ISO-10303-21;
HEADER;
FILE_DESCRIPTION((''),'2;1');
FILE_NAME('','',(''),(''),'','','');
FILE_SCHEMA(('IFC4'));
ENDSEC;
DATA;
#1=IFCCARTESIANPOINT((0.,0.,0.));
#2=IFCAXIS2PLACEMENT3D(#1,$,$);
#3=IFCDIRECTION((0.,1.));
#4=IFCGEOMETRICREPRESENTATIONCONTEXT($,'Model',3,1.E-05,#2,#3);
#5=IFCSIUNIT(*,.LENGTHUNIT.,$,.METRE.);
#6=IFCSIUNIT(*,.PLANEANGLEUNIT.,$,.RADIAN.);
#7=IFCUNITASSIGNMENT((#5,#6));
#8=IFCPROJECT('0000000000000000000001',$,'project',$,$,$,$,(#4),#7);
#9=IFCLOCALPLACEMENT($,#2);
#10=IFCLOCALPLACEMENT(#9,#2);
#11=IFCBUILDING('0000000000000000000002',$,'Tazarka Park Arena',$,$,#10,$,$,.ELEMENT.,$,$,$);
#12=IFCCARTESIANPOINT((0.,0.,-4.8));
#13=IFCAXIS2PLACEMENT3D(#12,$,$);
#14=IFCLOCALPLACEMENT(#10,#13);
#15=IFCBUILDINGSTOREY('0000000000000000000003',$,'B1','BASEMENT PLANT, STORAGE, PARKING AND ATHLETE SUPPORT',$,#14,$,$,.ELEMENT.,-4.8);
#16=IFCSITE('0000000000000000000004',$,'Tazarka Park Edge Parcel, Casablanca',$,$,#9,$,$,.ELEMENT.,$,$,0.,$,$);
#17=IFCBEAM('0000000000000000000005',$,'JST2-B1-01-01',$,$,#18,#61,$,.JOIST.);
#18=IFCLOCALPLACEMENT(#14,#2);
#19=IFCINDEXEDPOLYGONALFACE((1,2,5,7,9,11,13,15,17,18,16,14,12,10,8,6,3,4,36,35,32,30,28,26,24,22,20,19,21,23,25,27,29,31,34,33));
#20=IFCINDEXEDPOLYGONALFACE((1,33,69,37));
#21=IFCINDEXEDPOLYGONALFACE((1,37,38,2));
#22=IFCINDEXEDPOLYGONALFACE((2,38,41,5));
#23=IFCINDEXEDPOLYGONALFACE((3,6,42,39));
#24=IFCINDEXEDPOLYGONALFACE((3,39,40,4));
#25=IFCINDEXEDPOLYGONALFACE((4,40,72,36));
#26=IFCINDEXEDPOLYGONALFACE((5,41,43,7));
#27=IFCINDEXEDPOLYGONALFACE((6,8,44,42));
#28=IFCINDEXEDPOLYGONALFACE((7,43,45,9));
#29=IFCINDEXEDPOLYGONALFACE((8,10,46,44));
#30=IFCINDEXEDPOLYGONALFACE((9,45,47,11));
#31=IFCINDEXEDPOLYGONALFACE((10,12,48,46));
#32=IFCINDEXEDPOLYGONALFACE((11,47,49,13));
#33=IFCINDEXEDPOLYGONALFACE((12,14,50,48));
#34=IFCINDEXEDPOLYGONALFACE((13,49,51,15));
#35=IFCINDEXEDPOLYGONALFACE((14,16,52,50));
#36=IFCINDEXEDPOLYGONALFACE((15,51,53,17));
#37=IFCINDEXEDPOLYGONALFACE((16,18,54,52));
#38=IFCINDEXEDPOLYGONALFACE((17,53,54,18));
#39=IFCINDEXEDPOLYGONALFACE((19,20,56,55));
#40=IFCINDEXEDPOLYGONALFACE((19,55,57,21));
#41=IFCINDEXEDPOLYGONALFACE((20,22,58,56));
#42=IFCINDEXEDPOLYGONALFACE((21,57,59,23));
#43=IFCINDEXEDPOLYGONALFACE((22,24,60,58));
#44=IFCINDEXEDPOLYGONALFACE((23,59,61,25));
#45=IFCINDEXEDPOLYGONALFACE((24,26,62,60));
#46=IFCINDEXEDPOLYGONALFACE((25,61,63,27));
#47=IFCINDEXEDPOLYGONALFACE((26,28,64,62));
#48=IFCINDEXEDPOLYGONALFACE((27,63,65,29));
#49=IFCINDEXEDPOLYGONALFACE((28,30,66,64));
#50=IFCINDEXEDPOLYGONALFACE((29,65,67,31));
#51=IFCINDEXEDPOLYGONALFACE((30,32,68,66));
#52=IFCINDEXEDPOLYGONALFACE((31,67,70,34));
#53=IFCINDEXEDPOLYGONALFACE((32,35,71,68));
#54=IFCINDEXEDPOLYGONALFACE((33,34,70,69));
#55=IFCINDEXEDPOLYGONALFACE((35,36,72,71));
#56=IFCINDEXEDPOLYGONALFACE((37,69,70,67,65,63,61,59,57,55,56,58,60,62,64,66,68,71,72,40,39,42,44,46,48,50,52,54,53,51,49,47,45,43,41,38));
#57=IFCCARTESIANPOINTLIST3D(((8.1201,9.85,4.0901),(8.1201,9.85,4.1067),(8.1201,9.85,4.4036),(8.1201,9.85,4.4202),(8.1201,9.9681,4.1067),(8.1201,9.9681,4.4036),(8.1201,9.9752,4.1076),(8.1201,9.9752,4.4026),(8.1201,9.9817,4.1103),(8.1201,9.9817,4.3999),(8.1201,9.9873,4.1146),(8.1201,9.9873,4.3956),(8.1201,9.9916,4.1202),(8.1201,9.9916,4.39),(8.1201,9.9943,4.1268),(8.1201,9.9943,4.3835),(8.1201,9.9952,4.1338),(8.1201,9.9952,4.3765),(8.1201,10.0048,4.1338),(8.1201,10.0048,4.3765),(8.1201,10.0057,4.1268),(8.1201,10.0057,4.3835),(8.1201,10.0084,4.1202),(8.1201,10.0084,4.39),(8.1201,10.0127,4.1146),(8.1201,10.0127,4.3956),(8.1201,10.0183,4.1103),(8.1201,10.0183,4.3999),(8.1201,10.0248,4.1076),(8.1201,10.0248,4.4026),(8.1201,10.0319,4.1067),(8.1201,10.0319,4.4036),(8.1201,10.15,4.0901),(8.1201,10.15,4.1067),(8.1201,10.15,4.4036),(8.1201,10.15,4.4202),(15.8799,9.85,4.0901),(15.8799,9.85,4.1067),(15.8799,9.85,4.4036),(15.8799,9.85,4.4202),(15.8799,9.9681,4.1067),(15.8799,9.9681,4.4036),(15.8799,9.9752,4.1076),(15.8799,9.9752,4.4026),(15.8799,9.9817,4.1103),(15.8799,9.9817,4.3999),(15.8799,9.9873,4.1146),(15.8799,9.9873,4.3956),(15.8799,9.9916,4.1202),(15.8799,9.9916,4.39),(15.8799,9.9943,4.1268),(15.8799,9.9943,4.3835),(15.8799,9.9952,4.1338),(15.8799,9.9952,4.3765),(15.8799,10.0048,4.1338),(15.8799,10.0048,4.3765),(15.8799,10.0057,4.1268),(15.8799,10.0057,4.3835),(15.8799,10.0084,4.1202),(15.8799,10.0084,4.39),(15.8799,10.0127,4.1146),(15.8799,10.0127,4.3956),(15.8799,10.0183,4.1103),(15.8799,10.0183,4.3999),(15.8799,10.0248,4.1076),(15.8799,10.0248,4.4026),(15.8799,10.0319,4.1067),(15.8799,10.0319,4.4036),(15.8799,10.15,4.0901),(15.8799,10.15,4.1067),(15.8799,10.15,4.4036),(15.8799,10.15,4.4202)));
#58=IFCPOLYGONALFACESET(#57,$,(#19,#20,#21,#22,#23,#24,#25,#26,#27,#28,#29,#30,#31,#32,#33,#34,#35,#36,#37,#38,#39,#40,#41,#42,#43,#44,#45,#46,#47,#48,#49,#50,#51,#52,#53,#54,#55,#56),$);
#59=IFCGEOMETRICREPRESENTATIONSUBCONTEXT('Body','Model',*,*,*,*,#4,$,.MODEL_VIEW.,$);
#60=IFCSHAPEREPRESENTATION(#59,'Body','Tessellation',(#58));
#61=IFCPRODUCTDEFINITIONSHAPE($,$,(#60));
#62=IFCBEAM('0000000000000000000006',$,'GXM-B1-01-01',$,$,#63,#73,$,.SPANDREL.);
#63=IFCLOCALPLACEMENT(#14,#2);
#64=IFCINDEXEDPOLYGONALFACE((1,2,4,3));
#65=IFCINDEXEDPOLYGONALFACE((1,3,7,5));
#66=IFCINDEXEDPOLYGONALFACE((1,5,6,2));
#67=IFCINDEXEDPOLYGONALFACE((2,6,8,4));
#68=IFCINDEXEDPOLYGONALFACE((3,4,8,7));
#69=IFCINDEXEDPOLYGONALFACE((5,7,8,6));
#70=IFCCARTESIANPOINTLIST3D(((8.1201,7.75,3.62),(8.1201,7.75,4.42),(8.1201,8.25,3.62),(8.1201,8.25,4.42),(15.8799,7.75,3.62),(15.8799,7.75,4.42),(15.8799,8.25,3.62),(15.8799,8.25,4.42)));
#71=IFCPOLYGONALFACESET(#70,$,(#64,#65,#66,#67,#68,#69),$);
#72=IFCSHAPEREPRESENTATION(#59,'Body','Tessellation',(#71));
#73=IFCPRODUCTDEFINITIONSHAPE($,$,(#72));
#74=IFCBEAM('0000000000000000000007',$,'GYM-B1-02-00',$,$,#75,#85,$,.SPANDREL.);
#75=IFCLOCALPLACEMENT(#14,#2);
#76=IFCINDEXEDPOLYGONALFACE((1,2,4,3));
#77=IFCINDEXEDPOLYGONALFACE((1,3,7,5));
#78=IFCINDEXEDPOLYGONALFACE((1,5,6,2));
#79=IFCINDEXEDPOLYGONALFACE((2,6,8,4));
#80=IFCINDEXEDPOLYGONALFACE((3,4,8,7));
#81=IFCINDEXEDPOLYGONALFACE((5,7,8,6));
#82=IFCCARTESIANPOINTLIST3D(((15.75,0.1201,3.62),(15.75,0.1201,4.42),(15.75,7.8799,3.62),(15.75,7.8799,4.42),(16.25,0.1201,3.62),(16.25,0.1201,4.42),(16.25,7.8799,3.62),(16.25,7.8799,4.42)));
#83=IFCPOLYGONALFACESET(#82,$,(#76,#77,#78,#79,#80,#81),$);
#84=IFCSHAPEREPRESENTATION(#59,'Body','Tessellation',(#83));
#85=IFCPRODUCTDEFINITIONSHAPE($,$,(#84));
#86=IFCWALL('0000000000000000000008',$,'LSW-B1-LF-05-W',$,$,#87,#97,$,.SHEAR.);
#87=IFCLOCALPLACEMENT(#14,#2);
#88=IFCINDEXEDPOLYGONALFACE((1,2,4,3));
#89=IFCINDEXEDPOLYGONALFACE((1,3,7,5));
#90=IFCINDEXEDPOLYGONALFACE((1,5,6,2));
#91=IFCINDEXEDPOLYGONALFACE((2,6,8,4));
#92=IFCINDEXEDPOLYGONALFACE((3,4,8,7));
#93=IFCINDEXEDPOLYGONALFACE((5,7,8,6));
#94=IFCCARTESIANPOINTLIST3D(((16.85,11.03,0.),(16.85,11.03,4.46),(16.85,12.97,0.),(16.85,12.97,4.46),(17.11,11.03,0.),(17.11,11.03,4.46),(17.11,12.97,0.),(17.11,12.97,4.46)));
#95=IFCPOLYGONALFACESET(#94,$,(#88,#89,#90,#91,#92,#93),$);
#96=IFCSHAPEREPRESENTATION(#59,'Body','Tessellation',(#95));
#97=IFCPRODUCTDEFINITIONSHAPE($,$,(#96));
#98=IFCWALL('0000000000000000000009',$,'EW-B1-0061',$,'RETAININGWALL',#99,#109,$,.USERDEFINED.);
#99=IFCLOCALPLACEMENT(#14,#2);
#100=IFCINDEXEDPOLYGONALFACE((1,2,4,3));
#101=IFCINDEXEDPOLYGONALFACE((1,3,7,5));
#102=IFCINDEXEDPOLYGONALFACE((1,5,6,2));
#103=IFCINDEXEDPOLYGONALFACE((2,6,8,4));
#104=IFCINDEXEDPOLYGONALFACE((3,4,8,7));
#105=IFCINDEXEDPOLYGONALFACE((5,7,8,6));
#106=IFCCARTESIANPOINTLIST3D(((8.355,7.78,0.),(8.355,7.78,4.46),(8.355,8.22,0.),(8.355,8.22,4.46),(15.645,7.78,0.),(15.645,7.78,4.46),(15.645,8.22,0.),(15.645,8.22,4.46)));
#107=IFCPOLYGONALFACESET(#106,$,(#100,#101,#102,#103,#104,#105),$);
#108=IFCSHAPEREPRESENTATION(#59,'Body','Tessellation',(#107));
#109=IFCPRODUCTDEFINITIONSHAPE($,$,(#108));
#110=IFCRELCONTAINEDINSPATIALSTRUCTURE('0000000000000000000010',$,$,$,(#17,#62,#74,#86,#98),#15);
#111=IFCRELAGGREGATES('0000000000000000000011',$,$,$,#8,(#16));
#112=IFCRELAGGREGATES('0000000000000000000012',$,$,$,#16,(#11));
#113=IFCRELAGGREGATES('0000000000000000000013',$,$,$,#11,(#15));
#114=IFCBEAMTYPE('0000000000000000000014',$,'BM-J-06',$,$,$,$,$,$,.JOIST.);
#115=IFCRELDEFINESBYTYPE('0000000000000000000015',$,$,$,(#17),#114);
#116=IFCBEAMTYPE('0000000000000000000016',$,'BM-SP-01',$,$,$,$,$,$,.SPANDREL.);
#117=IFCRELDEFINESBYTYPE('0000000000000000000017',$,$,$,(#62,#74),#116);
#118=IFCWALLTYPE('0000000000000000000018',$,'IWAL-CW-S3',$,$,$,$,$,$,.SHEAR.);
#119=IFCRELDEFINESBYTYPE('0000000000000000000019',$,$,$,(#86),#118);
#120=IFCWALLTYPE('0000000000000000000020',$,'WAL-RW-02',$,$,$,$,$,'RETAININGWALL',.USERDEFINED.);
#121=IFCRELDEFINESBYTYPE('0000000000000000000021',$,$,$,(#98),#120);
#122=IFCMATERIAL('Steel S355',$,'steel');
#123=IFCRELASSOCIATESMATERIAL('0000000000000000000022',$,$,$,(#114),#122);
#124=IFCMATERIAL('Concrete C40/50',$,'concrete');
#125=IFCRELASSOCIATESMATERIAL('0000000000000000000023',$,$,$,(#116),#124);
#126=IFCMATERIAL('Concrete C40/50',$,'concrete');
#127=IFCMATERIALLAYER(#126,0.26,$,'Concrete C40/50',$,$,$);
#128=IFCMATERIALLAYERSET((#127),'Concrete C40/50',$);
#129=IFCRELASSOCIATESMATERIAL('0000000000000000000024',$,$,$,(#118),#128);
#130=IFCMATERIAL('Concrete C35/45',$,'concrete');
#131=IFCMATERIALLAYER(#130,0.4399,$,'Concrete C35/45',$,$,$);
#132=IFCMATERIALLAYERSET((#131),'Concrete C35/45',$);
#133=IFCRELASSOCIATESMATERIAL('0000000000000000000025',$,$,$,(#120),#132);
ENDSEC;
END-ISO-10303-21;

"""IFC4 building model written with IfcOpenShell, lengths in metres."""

from ifc_helpers import new_model, si_unit, direction, frame, frame_2d, origin, origin_2d, place, context, subcontext, project, spatial, rectangle, i_section, extrude, material, layer, layer_set, material_profile, profile_set, type_object, element, save


model = new_model("IFC4")

# Units and contexts
model_context = context("Model", 3, precision=1e-05, world=origin(), true_north=direction((0.0, 1.0)))
body_context = subcontext(model_context, "Body", "Model", "MODEL_VIEW")
ifc_project = project(units=[si_unit("LENGTHUNIT", "METRE"), si_unit("PLANEANGLEUNIT", "RADIAN")], contexts=[model_context])

# Site, building, storey
site_placement = place(None, origin())
site = spatial("IfcSite", under=ifc_project, at=site_placement, Name="Tazarka Park Edge Parcel, Casablanca", CompositionType="ELEMENT", RefElevation=0.0)
building_placement = place(site_placement, origin())
building = spatial("IfcBuilding", under=site, at=building_placement, Name="Tazarka Park Arena", CompositionType="ELEMENT")
storey_placement = place(building_placement, frame((0.0, 0.0, -4.8)))
storey = spatial("IfcBuildingStorey", under=building, at=storey_placement, Name="B1", Description="BASEMENT PLANT, STORAGE, PARKING AND ATHLETE SUPPORT", CompositionType="ELEMENT", Elevation=-4.8)

# Beams
ifc_material_1 = material(Name="Steel S355", Category="steel")
ifc_material_profile_1 = material_profile(ifc_material_1, i_section(OverallWidth=0.3, OverallDepth=0.3301, WebThickness=0.0095, FlangeThickness=0.0166, FilletRadius=0.0271, at=origin_2d()), Name="Steel S355")
ifc_profile_set_1 = profile_set([ifc_material_profile_1], Name="Steel S355")
beam_type_1 = type_object("IfcBeamType", Name="BM-J-06", PredefinedType="JOIST", material=ifc_profile_set_1)
beam_1_placement = place(storey_placement, frame((8.1201, 10.0, 4.2551), z_axis=(1.0, 0.0, 0.0), x_axis=(0.0, 1.0, 0.0)))
element("IfcBeam", 1, at=beam_1_placement, inside=storey, type_object=beam_type_1, Name="JST2-B1-01-01", PredefinedType="JOIST", context=body_context, shape_type="SweptSolid", body=[
    extrude(i_section(OverallWidth=0.3, OverallDepth=0.3301, WebThickness=0.0095, FlangeThickness=0.0166, FilletRadius=0.0271, at=origin_2d()), origin(), (0.0, 0.0, 1.0), 7.7598),
])
ifc_material_2 = material(Name="Concrete C40/50", Category="concrete")
ifc_material_profile_2 = material_profile(ifc_material_2, rectangle(XDim=0.5, YDim=0.8, at=origin_2d()), Name="Concrete C40/50")
ifc_profile_set_2 = profile_set([ifc_material_profile_2], Name="Concrete C40/50")
beam_type_2 = type_object("IfcBeamType", Name="BM-SP-01", PredefinedType="SPANDREL", material=ifc_profile_set_2)
for number, where, z_axis, x_axis, name in (
    (2, (8.1201, 8.0, 4.02), (1.0, 0.0, 0.0), (0.0, 1.0, 0.0), "GXM-B1-01-01"),
    (3, (16.0, 0.1201, 4.02), (0.0, 1.0, 0.0), (-1.0, 0.0, 0.0), "GYM-B1-02-00"),
):
    element("IfcBeam", number, at=place(storey_placement, frame(where, z_axis=z_axis, x_axis=x_axis)), inside=storey, type_object=beam_type_2, Name=name, PredefinedType="SPANDREL", context=body_context, shape_type="SweptSolid", body=[
        extrude(rectangle(XDim=0.5, YDim=0.8, at=origin_2d()), origin(), (0.0, 0.0, 1.0), 7.7598),
    ])

# Walls
ifc_material_3 = material(Name="Concrete C40/50", Category="concrete")
ifc_layer_1 = layer(ifc_material_3, 0.26, Name="Concrete C40/50")
ifc_layer_set_1 = layer_set([ifc_layer_1], Name="Concrete C40/50")
wall_type_1 = type_object("IfcWallType", Name="IWAL-CW-S3", PredefinedType="SHEAR", material=ifc_layer_set_1)
wall_1_placement = place(storey_placement, frame((16.98, 11.03, 0.0), z_axis=(0.0, 0.0, 1.0), x_axis=(0.0, 1.0, 0.0)))
element("IfcWall", 4, at=wall_1_placement, inside=storey, type_object=wall_type_1, Name="LSW-B1-LF-05-W", PredefinedType="SHEAR", context=body_context, shape_type="SweptSolid", body=[
    extrude(rectangle(XDim=1.9399, YDim=0.26, at=frame_2d((0.97, 0.0))), origin(), (0.0, 0.0, 1.0), 4.46),
])
ifc_material_4 = material(Name="Concrete C35/45", Category="concrete")
ifc_layer_2 = layer(ifc_material_4, 0.4399, Name="Concrete C35/45")
ifc_layer_set_2 = layer_set([ifc_layer_2], Name="Concrete C35/45")
wall_type_2 = type_object("IfcWallType", Name="WAL-RW-02", ElementType="RETAININGWALL", PredefinedType="USERDEFINED", material=ifc_layer_set_2)
wall_2_placement = place(storey_placement, frame((15.645, 8.0, 0.0), z_axis=(0.0, 0.0, 1.0), x_axis=(-1.0, 0.0, 0.0)))
element("IfcWall", 5, at=wall_2_placement, inside=storey, type_object=wall_type_2, Name="EW-B1-0061", ObjectType="RETAININGWALL", PredefinedType="USERDEFINED", context=body_context, shape_type="SweptSolid", body=[
    extrude(rectangle(XDim=7.29, YDim=0.4399, at=frame_2d((3.645, 0.0))), origin(), (0.0, 0.0, 1.0), 4.46),
])

save(model, "model.ifc")
